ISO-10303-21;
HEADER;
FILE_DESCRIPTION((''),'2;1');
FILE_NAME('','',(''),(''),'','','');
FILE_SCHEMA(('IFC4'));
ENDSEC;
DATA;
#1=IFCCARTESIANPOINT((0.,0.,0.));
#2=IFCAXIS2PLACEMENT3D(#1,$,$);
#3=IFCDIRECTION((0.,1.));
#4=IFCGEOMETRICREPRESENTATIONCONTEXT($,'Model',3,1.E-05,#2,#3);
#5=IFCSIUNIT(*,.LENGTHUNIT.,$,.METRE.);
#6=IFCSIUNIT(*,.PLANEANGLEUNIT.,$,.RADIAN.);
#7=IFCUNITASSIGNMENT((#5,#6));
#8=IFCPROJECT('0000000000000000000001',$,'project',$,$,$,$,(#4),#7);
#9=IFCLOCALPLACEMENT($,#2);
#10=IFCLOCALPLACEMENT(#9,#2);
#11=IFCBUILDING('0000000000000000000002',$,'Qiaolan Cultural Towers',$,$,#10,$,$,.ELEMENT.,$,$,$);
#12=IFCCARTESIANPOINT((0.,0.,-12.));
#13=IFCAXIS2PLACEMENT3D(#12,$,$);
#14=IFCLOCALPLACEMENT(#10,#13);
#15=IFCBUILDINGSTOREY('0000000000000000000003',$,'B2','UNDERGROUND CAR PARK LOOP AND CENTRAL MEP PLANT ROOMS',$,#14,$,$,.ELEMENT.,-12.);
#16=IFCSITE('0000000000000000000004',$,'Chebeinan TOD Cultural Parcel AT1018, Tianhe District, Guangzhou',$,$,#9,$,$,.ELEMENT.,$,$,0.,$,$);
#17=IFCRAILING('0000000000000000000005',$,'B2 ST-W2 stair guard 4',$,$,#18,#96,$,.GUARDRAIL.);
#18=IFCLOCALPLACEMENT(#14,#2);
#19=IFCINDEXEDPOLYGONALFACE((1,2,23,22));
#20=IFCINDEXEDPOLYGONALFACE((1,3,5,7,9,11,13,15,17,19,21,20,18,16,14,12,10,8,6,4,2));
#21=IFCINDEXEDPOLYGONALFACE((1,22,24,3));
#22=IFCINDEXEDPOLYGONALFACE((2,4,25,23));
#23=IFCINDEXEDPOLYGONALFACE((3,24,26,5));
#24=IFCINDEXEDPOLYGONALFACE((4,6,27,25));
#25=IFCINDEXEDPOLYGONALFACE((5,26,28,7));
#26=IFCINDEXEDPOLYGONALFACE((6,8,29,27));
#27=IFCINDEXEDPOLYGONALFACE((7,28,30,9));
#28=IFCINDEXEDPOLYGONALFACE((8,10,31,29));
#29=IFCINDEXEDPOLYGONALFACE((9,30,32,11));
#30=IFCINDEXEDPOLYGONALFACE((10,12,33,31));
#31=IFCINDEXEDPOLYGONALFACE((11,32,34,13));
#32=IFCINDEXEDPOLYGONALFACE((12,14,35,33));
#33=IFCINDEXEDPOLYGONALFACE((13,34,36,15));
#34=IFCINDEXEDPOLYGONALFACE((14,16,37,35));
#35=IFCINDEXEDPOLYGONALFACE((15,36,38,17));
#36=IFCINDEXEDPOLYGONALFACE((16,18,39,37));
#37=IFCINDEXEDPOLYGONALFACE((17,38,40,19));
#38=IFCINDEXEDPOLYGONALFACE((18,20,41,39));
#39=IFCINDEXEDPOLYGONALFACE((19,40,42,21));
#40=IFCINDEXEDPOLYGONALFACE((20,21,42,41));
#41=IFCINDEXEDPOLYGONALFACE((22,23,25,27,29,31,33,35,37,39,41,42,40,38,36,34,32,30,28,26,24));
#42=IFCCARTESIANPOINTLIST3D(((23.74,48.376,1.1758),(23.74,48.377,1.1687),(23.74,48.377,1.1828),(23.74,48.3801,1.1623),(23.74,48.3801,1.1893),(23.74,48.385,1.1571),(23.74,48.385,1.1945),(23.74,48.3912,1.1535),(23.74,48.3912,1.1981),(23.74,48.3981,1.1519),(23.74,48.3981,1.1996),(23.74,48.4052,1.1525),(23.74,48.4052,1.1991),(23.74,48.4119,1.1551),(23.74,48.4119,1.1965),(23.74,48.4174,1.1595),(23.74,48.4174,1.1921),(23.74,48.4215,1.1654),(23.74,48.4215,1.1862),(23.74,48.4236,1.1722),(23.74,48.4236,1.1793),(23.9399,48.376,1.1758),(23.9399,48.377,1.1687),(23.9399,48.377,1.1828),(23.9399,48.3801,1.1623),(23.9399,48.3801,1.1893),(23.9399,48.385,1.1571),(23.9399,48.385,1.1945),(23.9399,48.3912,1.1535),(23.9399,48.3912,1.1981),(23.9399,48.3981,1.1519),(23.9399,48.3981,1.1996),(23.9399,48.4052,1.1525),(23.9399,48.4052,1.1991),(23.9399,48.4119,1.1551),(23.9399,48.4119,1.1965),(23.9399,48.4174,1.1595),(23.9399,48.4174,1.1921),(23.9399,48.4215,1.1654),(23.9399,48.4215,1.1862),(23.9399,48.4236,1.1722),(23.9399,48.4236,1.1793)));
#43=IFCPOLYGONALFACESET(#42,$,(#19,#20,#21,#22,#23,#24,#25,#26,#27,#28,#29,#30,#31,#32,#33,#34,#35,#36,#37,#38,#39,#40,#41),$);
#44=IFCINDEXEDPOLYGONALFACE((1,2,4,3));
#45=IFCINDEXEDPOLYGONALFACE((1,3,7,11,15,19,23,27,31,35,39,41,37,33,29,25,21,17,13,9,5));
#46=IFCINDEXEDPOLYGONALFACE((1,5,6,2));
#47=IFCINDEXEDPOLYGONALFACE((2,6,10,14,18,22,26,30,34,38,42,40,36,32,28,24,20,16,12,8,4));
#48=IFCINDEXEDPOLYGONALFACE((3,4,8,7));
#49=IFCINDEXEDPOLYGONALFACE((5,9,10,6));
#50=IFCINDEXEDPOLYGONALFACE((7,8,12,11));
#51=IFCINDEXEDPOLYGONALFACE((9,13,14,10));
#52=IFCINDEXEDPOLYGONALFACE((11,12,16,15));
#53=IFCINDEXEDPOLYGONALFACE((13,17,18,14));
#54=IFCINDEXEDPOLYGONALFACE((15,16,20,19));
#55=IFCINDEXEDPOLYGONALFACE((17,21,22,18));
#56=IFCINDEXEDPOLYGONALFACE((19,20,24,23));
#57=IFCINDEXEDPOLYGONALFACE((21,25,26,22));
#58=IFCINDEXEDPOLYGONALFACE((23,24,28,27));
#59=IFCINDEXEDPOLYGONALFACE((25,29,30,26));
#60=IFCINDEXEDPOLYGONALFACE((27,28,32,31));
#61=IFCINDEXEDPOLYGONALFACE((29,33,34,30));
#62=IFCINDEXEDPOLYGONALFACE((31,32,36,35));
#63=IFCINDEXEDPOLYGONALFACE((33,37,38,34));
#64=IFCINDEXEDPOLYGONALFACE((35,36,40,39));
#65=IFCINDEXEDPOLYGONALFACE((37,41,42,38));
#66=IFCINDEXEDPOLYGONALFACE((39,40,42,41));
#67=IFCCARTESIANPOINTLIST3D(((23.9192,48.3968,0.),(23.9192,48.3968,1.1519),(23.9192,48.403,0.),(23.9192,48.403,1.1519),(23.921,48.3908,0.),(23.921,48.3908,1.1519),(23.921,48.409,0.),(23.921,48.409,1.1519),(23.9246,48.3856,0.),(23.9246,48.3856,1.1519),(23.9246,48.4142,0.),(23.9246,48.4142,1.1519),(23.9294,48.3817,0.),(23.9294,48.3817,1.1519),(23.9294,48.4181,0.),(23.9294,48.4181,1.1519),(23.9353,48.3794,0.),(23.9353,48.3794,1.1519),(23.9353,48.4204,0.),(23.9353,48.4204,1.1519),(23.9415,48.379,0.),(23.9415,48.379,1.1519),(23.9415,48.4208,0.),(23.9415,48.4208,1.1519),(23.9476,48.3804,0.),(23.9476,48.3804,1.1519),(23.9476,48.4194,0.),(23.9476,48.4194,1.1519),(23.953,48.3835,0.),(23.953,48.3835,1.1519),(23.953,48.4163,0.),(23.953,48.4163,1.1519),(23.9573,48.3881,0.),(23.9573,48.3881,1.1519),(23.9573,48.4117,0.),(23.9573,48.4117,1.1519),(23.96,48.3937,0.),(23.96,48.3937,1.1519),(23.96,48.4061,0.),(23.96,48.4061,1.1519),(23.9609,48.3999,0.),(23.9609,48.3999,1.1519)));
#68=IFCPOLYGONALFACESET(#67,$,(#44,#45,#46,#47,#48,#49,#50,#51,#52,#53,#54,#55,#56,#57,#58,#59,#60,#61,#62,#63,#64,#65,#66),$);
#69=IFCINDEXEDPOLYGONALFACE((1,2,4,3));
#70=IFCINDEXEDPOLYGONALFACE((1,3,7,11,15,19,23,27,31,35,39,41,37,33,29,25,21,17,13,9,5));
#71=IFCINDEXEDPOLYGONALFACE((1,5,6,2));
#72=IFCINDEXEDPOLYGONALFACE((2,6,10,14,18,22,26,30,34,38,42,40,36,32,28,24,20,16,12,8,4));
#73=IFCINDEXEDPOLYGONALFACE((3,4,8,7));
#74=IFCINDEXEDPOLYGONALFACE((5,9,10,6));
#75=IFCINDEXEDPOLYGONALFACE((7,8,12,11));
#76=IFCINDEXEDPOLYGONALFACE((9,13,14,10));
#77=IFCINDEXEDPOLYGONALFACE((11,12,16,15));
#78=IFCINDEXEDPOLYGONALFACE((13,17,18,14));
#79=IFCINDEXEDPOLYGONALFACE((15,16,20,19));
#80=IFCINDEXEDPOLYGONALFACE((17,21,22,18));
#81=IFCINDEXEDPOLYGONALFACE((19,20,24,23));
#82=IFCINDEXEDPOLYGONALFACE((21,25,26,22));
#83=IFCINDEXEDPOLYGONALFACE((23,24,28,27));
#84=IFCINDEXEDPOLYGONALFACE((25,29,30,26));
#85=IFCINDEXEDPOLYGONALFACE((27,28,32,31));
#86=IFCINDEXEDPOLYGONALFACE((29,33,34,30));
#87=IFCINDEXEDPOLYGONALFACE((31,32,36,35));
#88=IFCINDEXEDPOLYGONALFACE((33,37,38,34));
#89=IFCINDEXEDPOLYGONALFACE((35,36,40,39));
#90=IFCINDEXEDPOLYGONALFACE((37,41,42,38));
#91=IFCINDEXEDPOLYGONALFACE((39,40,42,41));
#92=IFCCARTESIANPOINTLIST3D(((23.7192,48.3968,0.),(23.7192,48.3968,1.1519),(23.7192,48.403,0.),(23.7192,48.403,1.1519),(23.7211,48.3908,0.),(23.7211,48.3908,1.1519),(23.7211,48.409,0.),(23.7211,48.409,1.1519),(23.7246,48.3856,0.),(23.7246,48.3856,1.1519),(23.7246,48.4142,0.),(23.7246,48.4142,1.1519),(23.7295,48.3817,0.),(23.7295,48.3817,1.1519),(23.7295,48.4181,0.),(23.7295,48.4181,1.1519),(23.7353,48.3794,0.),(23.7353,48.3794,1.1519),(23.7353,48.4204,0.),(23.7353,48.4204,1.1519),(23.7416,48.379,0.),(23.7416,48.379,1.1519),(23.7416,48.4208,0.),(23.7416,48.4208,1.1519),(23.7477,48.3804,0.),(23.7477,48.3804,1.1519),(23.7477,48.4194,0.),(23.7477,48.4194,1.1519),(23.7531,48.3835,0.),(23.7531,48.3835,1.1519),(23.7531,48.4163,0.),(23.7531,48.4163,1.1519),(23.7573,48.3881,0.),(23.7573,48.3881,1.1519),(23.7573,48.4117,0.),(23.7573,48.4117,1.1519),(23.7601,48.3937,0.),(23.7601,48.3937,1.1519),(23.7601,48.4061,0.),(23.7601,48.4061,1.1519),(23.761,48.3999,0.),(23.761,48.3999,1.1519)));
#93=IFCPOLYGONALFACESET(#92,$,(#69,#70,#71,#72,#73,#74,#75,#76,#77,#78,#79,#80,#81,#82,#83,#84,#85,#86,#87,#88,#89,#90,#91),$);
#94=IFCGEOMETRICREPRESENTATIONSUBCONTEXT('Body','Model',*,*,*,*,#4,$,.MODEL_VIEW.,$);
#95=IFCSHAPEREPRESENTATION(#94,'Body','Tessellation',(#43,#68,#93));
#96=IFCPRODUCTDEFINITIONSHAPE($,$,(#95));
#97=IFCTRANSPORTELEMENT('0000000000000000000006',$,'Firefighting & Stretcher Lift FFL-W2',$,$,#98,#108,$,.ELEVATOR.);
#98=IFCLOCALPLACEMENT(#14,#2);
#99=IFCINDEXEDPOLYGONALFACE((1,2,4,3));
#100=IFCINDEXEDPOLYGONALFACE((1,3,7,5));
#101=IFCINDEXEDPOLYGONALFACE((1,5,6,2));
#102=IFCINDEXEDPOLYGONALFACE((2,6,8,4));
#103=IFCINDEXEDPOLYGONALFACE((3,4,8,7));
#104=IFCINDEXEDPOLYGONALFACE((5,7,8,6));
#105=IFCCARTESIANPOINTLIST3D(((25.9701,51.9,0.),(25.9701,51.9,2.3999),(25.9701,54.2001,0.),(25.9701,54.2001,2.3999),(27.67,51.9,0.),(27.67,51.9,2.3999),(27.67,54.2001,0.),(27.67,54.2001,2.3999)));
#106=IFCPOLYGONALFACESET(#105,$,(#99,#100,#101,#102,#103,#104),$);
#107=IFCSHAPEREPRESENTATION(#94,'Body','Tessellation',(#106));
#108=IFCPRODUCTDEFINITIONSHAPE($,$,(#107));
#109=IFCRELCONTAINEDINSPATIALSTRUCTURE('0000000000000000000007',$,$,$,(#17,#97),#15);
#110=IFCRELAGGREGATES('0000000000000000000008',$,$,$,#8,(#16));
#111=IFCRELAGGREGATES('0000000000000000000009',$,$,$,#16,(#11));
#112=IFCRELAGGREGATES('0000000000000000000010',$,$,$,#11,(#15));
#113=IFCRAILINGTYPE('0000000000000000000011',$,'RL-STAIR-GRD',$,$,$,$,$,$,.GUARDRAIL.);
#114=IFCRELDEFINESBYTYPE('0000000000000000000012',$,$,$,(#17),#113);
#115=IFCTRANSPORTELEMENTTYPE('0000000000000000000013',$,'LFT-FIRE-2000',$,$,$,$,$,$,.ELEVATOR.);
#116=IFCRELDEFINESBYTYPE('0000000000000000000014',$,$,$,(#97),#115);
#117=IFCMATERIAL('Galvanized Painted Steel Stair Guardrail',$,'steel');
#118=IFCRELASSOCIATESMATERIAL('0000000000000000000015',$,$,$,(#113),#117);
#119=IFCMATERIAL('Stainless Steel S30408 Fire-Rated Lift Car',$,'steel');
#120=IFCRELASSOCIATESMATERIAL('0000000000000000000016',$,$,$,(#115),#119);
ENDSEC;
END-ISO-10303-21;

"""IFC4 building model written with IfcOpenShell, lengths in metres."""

from ifc_helpers import new_model, si_unit, direction, frame, origin, origin_2d, place, context, subcontext, project, spatial, rectangle, circle, extrude, material, type_object, element, save


model = new_model("IFC4")

# Units and contexts
model_context = context("Model", 3, precision=1e-05, world=origin(), true_north=direction((0.0, 1.0)))
body_context = subcontext(model_context, "Body", "Model", "MODEL_VIEW")
ifc_project = project(units=[si_unit("LENGTHUNIT", "METRE"), si_unit("PLANEANGLEUNIT", "RADIAN")], contexts=[model_context])

# Site, building, storey
site_placement = place(None, origin())
site = spatial("IfcSite", under=ifc_project, at=site_placement, Name="Chebeinan TOD Cultural Parcel AT1018, Tianhe District, Guangzhou", CompositionType="ELEMENT", RefElevation=0.0)
building_placement = place(site_placement, origin())
building = spatial("IfcBuilding", under=site, at=building_placement, Name="Qiaolan Cultural Towers", CompositionType="ELEMENT")
storey_placement = place(building_placement, frame((0.0, 0.0, -12.0)))
storey = spatial("IfcBuildingStorey", under=building, at=storey_placement, Name="B2", Description="UNDERGROUND CAR PARK LOOP AND CENTRAL MEP PLANT ROOMS", CompositionType="ELEMENT", Elevation=-12.0)

# Railing
ifc_material_1 = material(Name="Galvanized Painted Steel Stair Guardrail", Category="steel")
railing_type_1 = type_object("IfcRailingType", Name="RL-STAIR-GRD", PredefinedType="GUARDRAIL", material=ifc_material_1)
railing_1_placement = place(storey_placement, frame((23.9399, 48.3999, 0.0)))
element("IfcRailing", 1, at=railing_1_placement, inside=storey, type_object=railing_type_1, Name="B2 ST-W2 stair guard 4", PredefinedType="GUARDRAIL", context=body_context, shape_type="SweptSolid", body=[
    extrude(circle(Radius=0.0239, at=origin_2d()), frame((0.0, 0.0, 1.1758), z_axis=(-1.0, 0.0, 0.0), x_axis=(0.0, -1.0, 0.0)), (0.0, 0.0, 1.0), 0.2),
    extrude(circle(Radius=0.021, at=origin_2d()), origin(), (0.0, 0.0, 1.0), 1.1519),
    extrude(circle(Radius=0.021, at=origin_2d()), frame((-0.2, 0.0, 0.0)), (0.0, 0.0, 1.0), 1.1519),
])

# Transport element
ifc_material_2 = material(Name="Stainless Steel S30408 Fire-Rated Lift Car", Category="steel")
transport_element_type = type_object("IfcTransportElementType", Name="LFT-FIRE-2000", PredefinedType="ELEVATOR", material=ifc_material_2)
transport_element_placement = place(storey_placement, frame((26.8201, 53.05, 0.0), z_axis=(0.0, 0.0, 1.0), x_axis=(1.0, 0.0, 0.0)))
element("IfcTransportElement", 2, at=transport_element_placement, inside=storey, type_object=transport_element_type, Name="Firefighting & Stretcher Lift FFL-W2", PredefinedType="ELEVATOR", context=body_context, shape_type="SweptSolid", body=[
    extrude(rectangle(XDim=1.7, YDim=2.3, at=origin_2d()), origin(), (0.0, 0.0, 1.0), 2.3999),
])

save(model, "model.ifc")
